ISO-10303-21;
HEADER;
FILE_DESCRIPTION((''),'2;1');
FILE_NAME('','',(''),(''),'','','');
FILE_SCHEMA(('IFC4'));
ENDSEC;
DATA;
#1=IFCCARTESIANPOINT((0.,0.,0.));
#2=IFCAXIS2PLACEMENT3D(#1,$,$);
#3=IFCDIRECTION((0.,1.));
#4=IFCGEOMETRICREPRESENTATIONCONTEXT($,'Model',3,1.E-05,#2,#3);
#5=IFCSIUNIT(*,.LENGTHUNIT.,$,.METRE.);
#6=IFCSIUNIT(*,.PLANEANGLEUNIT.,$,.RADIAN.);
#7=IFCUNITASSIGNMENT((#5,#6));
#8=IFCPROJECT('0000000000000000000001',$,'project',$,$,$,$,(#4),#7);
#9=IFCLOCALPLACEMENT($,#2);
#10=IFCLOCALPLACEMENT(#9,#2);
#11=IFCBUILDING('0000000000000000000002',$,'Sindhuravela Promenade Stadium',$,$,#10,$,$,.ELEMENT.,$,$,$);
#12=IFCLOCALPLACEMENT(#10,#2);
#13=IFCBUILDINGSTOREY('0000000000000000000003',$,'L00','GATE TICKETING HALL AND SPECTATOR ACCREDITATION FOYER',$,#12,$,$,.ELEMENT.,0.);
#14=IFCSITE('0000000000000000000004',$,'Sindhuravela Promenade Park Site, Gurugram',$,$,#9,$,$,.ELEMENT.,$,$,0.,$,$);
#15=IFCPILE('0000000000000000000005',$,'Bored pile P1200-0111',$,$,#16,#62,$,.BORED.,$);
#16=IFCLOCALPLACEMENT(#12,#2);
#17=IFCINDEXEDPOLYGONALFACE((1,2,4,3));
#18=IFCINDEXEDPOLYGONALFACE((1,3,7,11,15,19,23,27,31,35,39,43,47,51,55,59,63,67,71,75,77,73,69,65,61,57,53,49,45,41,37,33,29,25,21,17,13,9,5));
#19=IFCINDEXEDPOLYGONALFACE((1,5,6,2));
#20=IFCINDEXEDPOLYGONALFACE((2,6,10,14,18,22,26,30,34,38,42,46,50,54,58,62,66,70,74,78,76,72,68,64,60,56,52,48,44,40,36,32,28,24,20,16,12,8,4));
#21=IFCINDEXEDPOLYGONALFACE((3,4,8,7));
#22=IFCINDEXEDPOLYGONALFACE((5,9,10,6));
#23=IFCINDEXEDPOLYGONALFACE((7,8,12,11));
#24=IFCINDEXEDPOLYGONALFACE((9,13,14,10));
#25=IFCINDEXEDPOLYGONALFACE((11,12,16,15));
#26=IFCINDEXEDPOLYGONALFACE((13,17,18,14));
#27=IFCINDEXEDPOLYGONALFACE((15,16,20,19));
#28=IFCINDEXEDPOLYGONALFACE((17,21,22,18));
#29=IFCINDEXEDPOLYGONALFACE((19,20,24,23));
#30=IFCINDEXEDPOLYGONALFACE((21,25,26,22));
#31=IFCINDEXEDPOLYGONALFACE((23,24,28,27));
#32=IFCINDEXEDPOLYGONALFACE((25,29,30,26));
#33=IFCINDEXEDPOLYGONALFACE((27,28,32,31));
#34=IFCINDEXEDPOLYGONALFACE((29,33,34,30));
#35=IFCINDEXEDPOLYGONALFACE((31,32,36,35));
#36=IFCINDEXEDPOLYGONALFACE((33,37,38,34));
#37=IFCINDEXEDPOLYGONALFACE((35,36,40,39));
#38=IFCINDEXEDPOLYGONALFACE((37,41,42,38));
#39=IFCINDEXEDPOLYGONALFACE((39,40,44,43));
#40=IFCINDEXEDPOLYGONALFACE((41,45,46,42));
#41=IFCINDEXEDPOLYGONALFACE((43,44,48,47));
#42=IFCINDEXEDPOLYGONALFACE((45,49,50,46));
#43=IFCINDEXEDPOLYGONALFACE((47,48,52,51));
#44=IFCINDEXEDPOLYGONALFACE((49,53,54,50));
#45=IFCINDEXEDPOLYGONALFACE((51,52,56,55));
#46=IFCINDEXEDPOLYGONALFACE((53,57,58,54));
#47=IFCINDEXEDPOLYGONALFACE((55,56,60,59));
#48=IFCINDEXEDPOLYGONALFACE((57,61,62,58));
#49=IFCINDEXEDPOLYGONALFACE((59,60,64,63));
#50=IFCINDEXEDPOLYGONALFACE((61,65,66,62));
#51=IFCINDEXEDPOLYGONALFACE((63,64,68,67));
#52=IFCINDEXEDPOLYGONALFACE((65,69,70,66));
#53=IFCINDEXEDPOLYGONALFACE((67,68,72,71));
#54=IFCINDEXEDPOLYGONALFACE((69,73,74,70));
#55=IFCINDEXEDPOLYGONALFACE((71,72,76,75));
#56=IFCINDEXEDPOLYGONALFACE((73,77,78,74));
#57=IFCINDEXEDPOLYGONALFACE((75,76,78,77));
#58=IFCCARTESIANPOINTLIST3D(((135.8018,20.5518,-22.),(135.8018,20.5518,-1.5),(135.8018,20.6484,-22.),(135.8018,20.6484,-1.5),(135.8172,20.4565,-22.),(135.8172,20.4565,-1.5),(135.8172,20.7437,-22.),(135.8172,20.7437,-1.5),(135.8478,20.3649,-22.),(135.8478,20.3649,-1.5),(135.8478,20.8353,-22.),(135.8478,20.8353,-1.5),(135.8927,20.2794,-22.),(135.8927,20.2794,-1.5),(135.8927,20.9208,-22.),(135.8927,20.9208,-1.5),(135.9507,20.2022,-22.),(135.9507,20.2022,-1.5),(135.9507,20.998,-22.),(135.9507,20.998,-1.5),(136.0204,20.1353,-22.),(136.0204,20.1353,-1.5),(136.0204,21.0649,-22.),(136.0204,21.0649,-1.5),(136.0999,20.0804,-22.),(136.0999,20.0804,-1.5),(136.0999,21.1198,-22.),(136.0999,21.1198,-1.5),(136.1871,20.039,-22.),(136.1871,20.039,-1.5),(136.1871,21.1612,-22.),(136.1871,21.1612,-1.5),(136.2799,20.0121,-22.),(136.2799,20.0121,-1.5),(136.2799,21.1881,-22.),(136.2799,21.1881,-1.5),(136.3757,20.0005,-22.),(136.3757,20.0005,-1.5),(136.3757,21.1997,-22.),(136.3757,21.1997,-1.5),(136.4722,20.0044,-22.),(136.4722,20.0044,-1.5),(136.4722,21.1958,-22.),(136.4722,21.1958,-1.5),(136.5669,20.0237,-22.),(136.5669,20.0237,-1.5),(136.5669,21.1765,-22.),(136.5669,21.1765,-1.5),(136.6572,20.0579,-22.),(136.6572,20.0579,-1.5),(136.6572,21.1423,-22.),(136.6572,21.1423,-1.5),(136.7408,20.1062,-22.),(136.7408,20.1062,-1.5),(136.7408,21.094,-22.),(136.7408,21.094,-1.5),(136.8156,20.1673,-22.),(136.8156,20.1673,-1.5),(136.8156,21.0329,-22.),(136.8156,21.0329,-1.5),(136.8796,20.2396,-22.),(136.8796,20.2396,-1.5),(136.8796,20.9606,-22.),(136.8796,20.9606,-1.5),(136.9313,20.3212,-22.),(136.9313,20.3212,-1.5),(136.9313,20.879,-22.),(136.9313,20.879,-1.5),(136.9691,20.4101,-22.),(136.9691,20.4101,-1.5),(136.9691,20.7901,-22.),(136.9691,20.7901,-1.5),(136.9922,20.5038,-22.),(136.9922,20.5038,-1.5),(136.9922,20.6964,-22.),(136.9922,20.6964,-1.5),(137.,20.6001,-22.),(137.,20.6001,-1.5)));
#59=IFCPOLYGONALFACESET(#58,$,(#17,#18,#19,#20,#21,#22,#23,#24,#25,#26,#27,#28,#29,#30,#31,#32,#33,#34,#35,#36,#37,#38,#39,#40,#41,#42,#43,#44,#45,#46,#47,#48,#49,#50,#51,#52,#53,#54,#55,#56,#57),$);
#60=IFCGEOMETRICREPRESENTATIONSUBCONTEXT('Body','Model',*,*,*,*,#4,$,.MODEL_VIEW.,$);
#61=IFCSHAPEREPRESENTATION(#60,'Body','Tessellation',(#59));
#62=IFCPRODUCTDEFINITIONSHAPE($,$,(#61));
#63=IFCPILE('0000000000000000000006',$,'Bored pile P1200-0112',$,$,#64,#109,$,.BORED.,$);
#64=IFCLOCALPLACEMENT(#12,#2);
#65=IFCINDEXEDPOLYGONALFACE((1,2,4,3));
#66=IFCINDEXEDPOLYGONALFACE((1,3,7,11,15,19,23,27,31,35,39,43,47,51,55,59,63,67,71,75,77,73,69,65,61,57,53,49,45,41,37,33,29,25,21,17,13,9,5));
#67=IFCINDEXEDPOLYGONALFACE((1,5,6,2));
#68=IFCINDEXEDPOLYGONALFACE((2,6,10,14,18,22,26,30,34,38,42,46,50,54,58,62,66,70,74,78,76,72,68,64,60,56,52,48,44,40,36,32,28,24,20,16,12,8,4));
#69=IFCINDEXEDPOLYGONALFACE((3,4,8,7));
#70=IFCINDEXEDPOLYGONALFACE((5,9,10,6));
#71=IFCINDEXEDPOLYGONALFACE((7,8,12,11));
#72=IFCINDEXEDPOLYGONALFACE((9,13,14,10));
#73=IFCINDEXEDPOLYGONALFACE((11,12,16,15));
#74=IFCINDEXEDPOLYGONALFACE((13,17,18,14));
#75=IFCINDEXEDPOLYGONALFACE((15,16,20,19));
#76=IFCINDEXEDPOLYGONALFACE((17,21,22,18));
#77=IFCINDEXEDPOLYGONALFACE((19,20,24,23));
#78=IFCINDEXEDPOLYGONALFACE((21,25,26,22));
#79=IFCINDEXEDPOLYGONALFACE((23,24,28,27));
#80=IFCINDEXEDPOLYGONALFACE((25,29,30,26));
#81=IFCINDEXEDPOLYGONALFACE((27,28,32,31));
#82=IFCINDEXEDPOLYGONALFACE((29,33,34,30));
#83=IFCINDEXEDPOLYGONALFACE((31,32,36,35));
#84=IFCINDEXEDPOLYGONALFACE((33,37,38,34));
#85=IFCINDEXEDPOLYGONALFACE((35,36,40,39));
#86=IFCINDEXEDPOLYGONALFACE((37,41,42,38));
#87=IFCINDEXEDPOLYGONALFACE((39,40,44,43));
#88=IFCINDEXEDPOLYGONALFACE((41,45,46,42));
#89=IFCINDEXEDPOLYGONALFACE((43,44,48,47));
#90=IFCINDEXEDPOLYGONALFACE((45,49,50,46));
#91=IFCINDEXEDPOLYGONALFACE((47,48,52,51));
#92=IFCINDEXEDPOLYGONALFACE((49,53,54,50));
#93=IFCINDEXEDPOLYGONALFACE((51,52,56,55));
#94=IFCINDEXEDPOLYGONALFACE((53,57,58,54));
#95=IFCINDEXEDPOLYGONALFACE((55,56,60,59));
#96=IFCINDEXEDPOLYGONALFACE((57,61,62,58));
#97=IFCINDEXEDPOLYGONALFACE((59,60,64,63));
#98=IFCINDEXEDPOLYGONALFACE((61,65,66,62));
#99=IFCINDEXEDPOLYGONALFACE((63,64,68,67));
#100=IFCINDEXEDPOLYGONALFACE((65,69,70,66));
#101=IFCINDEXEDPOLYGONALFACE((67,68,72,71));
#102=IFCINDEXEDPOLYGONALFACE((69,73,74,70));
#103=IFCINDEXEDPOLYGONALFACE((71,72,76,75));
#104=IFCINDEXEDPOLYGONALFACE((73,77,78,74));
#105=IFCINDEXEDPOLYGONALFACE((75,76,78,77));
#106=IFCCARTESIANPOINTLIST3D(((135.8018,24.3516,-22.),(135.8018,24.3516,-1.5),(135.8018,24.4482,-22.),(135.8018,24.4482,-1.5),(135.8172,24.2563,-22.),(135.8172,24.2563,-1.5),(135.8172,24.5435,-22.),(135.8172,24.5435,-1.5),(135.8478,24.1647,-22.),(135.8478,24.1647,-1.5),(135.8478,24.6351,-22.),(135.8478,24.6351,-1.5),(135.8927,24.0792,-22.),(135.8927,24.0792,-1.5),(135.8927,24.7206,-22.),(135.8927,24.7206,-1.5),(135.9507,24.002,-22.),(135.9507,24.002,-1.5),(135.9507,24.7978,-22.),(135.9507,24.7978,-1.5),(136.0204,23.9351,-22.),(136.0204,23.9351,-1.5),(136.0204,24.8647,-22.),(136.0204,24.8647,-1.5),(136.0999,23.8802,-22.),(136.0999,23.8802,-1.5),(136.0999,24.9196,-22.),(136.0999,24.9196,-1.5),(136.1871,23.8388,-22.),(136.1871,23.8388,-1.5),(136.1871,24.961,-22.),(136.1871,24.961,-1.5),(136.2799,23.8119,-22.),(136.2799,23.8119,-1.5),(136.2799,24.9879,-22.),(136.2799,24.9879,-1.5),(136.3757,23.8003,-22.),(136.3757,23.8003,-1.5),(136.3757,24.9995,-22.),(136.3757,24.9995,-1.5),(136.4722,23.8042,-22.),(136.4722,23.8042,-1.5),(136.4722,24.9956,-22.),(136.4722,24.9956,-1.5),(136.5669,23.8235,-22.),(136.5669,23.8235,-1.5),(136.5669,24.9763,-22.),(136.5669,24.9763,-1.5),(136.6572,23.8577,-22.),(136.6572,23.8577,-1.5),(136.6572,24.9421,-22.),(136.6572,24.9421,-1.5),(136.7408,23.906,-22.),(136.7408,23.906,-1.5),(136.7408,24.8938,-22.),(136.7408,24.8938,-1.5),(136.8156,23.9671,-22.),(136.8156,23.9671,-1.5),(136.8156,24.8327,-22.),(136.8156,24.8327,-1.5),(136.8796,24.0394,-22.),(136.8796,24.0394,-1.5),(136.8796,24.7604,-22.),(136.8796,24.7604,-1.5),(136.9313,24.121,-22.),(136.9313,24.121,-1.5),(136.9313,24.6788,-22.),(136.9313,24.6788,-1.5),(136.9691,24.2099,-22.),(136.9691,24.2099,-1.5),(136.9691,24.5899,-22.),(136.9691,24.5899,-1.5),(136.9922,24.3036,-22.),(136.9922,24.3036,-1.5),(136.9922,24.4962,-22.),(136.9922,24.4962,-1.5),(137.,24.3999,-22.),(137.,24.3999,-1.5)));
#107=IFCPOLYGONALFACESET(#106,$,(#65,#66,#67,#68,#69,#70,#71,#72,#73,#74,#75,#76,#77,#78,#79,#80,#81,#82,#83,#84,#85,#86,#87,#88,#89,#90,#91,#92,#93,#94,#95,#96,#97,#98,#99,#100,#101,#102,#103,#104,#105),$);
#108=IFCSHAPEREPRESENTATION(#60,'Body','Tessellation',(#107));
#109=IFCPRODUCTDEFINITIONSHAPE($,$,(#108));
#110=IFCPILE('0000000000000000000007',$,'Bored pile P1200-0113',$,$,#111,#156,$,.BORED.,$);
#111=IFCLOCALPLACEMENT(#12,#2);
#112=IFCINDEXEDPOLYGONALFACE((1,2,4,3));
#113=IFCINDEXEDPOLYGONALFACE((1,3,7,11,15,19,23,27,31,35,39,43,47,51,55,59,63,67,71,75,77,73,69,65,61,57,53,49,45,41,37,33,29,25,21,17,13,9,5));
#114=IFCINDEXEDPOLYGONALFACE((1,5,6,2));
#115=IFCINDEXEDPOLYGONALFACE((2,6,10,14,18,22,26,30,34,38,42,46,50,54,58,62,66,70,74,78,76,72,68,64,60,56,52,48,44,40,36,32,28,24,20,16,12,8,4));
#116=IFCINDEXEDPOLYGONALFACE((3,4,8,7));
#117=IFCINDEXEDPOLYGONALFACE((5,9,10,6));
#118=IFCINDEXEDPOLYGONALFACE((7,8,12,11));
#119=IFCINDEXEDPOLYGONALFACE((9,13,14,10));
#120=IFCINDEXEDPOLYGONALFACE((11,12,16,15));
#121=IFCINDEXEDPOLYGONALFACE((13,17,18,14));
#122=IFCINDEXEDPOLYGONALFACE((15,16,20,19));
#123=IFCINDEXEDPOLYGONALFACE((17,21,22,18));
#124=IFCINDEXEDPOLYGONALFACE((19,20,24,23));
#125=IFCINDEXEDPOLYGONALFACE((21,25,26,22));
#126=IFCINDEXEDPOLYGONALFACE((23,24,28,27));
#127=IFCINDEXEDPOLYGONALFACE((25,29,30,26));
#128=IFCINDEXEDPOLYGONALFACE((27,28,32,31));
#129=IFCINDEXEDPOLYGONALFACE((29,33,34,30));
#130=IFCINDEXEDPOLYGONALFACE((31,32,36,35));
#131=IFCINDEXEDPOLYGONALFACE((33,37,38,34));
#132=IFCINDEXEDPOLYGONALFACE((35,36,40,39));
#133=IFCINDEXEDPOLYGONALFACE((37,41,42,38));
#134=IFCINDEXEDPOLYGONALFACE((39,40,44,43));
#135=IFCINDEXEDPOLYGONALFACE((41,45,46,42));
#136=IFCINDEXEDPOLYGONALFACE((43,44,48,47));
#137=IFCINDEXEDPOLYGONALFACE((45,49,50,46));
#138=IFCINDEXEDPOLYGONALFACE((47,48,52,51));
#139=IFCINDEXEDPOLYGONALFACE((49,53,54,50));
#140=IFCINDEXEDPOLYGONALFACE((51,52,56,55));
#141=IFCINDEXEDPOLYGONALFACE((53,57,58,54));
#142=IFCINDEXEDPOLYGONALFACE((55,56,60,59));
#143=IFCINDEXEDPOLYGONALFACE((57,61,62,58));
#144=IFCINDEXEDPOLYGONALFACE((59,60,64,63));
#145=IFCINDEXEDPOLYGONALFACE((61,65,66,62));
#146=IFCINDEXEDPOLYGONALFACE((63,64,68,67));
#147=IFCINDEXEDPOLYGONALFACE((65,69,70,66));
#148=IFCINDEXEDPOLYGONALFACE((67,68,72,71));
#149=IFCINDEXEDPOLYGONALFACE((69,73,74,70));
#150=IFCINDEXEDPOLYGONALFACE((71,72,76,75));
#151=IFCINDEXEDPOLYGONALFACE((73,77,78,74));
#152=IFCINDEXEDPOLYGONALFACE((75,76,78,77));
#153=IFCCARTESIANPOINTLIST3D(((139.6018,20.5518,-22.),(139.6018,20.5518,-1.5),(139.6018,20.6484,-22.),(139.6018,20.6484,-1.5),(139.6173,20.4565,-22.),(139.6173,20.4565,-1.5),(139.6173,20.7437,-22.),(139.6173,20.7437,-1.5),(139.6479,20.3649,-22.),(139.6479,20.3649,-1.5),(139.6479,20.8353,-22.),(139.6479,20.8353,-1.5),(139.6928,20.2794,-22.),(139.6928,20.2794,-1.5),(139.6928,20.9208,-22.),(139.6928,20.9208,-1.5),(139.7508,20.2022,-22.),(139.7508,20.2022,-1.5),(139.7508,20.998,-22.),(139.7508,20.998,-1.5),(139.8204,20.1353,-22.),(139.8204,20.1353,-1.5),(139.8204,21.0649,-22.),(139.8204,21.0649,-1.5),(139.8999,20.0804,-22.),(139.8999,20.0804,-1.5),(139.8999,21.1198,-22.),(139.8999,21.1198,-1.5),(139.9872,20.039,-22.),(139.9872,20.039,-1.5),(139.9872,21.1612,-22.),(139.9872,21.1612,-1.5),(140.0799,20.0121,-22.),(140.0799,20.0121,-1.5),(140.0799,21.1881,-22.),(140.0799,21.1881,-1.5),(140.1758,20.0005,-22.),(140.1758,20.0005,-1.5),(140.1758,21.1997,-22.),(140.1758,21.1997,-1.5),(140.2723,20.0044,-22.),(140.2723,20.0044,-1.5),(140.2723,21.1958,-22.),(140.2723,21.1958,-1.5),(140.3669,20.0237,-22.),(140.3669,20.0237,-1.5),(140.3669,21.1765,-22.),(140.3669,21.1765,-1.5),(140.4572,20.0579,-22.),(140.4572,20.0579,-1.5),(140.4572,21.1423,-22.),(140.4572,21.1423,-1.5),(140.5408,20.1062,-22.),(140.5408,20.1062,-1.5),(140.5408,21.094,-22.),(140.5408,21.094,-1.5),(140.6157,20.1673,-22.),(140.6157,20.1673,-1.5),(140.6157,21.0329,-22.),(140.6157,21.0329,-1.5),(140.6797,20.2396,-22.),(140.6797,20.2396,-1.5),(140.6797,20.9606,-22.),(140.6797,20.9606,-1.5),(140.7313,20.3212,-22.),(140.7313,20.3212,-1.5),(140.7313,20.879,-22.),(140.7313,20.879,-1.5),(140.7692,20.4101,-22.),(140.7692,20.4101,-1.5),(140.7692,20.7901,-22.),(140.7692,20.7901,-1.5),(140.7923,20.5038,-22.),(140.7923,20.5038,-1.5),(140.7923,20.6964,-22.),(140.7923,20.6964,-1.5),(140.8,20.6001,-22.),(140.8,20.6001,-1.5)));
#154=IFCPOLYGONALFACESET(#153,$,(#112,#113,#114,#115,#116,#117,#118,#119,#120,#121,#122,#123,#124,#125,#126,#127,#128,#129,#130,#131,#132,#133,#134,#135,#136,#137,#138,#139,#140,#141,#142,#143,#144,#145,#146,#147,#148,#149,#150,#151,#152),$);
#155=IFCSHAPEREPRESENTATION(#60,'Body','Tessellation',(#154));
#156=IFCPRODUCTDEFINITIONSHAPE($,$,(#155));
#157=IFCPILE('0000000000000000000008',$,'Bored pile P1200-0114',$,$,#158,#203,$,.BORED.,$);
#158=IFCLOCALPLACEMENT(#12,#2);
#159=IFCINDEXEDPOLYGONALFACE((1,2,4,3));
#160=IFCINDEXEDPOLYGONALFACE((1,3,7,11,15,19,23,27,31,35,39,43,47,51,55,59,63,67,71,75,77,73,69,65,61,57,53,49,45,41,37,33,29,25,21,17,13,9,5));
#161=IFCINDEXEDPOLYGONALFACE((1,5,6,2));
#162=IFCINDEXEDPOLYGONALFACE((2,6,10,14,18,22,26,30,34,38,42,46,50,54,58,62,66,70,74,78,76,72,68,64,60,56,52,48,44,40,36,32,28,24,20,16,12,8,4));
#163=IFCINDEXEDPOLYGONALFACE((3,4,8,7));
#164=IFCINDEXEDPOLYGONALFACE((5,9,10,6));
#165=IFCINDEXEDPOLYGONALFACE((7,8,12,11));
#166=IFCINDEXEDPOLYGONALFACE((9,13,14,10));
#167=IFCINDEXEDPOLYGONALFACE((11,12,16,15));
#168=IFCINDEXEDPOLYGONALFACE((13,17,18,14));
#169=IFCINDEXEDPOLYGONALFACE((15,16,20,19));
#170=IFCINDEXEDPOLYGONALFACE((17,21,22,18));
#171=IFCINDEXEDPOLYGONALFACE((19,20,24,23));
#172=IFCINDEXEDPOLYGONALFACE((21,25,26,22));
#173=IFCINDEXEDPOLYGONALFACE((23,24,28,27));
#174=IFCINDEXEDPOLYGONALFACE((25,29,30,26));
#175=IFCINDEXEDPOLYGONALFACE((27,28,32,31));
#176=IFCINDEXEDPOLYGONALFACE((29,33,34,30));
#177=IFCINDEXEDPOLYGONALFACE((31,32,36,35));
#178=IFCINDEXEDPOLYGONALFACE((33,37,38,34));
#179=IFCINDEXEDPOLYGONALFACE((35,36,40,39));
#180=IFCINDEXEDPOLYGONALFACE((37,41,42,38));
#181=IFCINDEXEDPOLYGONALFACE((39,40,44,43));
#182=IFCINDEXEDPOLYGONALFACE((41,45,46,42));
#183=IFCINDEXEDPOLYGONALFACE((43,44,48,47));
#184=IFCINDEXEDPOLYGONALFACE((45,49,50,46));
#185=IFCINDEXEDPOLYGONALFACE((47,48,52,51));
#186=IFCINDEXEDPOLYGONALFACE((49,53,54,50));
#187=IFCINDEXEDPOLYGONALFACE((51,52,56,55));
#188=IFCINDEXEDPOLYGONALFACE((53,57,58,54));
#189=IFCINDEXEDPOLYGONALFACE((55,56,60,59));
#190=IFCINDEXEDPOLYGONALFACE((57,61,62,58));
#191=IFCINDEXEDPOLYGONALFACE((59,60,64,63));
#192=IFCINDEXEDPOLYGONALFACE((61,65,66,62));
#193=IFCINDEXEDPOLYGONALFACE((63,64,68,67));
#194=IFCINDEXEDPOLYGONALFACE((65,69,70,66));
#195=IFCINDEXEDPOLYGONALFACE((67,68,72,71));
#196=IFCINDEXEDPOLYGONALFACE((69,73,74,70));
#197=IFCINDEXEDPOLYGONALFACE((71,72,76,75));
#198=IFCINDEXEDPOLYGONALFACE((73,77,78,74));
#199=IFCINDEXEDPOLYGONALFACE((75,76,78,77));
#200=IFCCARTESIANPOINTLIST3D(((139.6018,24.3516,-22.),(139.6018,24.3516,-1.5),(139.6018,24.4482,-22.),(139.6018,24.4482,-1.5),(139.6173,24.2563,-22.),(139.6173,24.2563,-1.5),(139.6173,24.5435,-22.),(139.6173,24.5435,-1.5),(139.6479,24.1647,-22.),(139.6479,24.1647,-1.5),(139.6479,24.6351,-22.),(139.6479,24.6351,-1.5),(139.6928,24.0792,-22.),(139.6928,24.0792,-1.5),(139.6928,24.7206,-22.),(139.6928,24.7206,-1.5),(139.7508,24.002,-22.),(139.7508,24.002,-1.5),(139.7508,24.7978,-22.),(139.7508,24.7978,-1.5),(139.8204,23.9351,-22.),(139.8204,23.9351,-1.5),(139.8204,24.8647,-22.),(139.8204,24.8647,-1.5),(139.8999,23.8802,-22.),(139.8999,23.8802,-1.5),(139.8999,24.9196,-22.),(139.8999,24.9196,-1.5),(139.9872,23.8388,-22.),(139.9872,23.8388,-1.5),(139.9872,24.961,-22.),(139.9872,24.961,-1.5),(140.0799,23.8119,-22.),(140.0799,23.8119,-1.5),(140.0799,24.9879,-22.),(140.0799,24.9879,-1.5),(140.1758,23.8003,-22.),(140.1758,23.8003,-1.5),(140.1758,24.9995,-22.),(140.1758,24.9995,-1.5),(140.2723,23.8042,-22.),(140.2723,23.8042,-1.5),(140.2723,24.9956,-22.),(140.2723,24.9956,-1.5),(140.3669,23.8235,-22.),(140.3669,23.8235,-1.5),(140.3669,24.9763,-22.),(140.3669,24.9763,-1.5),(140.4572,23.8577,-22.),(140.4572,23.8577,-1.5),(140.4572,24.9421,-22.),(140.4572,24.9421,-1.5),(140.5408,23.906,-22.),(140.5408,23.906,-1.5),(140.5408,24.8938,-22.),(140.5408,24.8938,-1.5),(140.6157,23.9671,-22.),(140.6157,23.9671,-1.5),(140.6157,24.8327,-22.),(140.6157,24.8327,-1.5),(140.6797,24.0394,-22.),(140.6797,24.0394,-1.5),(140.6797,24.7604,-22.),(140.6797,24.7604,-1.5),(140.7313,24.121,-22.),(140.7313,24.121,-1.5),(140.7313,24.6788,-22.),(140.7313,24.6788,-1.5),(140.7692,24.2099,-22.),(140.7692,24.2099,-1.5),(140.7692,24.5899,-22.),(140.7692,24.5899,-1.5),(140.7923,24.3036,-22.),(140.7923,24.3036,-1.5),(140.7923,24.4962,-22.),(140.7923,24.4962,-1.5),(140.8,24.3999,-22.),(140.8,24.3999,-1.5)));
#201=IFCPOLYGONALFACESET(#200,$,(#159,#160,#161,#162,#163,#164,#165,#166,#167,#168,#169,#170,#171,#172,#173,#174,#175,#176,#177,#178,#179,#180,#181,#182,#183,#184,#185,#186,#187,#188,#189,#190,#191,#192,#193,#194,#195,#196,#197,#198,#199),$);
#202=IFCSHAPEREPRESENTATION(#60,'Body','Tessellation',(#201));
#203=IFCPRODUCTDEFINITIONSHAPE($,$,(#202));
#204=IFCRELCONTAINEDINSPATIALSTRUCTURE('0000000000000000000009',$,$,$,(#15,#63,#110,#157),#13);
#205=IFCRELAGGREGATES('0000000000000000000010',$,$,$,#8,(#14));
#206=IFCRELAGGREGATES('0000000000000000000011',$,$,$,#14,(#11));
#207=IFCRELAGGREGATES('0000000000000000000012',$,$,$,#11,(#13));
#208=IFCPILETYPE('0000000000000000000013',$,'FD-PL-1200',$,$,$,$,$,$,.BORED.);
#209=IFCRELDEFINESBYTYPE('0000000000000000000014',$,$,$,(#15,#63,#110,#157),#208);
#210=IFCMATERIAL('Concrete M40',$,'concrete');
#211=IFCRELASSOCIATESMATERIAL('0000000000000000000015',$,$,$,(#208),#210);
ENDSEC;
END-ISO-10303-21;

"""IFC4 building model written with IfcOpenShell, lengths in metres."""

from ifc_helpers import new_model, si_unit, direction, frame, origin, origin_2d, place, context, subcontext, project, spatial, circle, extrude, material, material_profile, profile_set, type_object, element, save


model = new_model("IFC4")

# Units and contexts
model_context = context("Model", 3, precision=1e-05, world=origin(), true_north=direction((0.0, 1.0)))
body_context = subcontext(model_context, "Body", "Model", "MODEL_VIEW")
ifc_project = project(units=[si_unit("LENGTHUNIT", "METRE"), si_unit("PLANEANGLEUNIT", "RADIAN")], contexts=[model_context])

# Site, building, storey
site_placement = place(None, origin())
site = spatial("IfcSite", under=ifc_project, at=site_placement, Name="Sindhuravela Promenade Park Site, Gurugram", CompositionType="ELEMENT", RefElevation=0.0)
building_placement = place(site_placement, origin())
building = spatial("IfcBuilding", under=site, at=building_placement, Name="Sindhuravela Promenade Stadium", CompositionType="ELEMENT")
storey_placement = place(building_placement, origin())
storey = spatial("IfcBuildingStorey", under=building, at=storey_placement, Name="L00", Description="GATE TICKETING HALL AND SPECTATOR ACCREDITATION FOYER", CompositionType="ELEMENT", Elevation=0.0)

# Piles
ifc_material_1 = material(Name="Concrete M40", Category="concrete")
ifc_material_profile_1 = material_profile(ifc_material_1, circle(Radius=0.6001, at=origin_2d()), Name="BORED PILE D1200")
ifc_profile_set_1 = profile_set([ifc_material_profile_1], Name="Concrete M40")
pile_type_1 = type_object("IfcPileType", Name="FD-PL-1200", PredefinedType="BORED", material=ifc_profile_set_1)
for number, where, z_axis, x_axis, name in (
    (1, (136.3999, 20.6001, -1.5), (0.0, 0.0, -1.0), (1.0, 0.0, 0.0), "Bored pile P1200-0111"),
    (2, (136.3999, 24.3999, -1.5), (0.0, 0.0, -1.0), (1.0, 0.0, 0.0), "Bored pile P1200-0112"),
    (3, (140.2, 20.6001, -1.5), (0.0, 0.0, -1.0), (1.0, 0.0, 0.0), "Bored pile P1200-0113"),
    (4, (140.2, 24.3999, -1.5), (0.0, 0.0, -1.0), (1.0, 0.0, 0.0), "Bored pile P1200-0114"),
):
    element("IfcPile", number, at=place(storey_placement, frame(where, z_axis=z_axis, x_axis=x_axis)), inside=storey, type_object=pile_type_1, Name=name, PredefinedType="BORED", context=body_context, shape_type="SweptSolid", body=[
        extrude(circle(Radius=0.6001, at=origin_2d()), origin(), (0.0, 0.0, 1.0), 20.5),
    ])

save(model, "model.ifc")
